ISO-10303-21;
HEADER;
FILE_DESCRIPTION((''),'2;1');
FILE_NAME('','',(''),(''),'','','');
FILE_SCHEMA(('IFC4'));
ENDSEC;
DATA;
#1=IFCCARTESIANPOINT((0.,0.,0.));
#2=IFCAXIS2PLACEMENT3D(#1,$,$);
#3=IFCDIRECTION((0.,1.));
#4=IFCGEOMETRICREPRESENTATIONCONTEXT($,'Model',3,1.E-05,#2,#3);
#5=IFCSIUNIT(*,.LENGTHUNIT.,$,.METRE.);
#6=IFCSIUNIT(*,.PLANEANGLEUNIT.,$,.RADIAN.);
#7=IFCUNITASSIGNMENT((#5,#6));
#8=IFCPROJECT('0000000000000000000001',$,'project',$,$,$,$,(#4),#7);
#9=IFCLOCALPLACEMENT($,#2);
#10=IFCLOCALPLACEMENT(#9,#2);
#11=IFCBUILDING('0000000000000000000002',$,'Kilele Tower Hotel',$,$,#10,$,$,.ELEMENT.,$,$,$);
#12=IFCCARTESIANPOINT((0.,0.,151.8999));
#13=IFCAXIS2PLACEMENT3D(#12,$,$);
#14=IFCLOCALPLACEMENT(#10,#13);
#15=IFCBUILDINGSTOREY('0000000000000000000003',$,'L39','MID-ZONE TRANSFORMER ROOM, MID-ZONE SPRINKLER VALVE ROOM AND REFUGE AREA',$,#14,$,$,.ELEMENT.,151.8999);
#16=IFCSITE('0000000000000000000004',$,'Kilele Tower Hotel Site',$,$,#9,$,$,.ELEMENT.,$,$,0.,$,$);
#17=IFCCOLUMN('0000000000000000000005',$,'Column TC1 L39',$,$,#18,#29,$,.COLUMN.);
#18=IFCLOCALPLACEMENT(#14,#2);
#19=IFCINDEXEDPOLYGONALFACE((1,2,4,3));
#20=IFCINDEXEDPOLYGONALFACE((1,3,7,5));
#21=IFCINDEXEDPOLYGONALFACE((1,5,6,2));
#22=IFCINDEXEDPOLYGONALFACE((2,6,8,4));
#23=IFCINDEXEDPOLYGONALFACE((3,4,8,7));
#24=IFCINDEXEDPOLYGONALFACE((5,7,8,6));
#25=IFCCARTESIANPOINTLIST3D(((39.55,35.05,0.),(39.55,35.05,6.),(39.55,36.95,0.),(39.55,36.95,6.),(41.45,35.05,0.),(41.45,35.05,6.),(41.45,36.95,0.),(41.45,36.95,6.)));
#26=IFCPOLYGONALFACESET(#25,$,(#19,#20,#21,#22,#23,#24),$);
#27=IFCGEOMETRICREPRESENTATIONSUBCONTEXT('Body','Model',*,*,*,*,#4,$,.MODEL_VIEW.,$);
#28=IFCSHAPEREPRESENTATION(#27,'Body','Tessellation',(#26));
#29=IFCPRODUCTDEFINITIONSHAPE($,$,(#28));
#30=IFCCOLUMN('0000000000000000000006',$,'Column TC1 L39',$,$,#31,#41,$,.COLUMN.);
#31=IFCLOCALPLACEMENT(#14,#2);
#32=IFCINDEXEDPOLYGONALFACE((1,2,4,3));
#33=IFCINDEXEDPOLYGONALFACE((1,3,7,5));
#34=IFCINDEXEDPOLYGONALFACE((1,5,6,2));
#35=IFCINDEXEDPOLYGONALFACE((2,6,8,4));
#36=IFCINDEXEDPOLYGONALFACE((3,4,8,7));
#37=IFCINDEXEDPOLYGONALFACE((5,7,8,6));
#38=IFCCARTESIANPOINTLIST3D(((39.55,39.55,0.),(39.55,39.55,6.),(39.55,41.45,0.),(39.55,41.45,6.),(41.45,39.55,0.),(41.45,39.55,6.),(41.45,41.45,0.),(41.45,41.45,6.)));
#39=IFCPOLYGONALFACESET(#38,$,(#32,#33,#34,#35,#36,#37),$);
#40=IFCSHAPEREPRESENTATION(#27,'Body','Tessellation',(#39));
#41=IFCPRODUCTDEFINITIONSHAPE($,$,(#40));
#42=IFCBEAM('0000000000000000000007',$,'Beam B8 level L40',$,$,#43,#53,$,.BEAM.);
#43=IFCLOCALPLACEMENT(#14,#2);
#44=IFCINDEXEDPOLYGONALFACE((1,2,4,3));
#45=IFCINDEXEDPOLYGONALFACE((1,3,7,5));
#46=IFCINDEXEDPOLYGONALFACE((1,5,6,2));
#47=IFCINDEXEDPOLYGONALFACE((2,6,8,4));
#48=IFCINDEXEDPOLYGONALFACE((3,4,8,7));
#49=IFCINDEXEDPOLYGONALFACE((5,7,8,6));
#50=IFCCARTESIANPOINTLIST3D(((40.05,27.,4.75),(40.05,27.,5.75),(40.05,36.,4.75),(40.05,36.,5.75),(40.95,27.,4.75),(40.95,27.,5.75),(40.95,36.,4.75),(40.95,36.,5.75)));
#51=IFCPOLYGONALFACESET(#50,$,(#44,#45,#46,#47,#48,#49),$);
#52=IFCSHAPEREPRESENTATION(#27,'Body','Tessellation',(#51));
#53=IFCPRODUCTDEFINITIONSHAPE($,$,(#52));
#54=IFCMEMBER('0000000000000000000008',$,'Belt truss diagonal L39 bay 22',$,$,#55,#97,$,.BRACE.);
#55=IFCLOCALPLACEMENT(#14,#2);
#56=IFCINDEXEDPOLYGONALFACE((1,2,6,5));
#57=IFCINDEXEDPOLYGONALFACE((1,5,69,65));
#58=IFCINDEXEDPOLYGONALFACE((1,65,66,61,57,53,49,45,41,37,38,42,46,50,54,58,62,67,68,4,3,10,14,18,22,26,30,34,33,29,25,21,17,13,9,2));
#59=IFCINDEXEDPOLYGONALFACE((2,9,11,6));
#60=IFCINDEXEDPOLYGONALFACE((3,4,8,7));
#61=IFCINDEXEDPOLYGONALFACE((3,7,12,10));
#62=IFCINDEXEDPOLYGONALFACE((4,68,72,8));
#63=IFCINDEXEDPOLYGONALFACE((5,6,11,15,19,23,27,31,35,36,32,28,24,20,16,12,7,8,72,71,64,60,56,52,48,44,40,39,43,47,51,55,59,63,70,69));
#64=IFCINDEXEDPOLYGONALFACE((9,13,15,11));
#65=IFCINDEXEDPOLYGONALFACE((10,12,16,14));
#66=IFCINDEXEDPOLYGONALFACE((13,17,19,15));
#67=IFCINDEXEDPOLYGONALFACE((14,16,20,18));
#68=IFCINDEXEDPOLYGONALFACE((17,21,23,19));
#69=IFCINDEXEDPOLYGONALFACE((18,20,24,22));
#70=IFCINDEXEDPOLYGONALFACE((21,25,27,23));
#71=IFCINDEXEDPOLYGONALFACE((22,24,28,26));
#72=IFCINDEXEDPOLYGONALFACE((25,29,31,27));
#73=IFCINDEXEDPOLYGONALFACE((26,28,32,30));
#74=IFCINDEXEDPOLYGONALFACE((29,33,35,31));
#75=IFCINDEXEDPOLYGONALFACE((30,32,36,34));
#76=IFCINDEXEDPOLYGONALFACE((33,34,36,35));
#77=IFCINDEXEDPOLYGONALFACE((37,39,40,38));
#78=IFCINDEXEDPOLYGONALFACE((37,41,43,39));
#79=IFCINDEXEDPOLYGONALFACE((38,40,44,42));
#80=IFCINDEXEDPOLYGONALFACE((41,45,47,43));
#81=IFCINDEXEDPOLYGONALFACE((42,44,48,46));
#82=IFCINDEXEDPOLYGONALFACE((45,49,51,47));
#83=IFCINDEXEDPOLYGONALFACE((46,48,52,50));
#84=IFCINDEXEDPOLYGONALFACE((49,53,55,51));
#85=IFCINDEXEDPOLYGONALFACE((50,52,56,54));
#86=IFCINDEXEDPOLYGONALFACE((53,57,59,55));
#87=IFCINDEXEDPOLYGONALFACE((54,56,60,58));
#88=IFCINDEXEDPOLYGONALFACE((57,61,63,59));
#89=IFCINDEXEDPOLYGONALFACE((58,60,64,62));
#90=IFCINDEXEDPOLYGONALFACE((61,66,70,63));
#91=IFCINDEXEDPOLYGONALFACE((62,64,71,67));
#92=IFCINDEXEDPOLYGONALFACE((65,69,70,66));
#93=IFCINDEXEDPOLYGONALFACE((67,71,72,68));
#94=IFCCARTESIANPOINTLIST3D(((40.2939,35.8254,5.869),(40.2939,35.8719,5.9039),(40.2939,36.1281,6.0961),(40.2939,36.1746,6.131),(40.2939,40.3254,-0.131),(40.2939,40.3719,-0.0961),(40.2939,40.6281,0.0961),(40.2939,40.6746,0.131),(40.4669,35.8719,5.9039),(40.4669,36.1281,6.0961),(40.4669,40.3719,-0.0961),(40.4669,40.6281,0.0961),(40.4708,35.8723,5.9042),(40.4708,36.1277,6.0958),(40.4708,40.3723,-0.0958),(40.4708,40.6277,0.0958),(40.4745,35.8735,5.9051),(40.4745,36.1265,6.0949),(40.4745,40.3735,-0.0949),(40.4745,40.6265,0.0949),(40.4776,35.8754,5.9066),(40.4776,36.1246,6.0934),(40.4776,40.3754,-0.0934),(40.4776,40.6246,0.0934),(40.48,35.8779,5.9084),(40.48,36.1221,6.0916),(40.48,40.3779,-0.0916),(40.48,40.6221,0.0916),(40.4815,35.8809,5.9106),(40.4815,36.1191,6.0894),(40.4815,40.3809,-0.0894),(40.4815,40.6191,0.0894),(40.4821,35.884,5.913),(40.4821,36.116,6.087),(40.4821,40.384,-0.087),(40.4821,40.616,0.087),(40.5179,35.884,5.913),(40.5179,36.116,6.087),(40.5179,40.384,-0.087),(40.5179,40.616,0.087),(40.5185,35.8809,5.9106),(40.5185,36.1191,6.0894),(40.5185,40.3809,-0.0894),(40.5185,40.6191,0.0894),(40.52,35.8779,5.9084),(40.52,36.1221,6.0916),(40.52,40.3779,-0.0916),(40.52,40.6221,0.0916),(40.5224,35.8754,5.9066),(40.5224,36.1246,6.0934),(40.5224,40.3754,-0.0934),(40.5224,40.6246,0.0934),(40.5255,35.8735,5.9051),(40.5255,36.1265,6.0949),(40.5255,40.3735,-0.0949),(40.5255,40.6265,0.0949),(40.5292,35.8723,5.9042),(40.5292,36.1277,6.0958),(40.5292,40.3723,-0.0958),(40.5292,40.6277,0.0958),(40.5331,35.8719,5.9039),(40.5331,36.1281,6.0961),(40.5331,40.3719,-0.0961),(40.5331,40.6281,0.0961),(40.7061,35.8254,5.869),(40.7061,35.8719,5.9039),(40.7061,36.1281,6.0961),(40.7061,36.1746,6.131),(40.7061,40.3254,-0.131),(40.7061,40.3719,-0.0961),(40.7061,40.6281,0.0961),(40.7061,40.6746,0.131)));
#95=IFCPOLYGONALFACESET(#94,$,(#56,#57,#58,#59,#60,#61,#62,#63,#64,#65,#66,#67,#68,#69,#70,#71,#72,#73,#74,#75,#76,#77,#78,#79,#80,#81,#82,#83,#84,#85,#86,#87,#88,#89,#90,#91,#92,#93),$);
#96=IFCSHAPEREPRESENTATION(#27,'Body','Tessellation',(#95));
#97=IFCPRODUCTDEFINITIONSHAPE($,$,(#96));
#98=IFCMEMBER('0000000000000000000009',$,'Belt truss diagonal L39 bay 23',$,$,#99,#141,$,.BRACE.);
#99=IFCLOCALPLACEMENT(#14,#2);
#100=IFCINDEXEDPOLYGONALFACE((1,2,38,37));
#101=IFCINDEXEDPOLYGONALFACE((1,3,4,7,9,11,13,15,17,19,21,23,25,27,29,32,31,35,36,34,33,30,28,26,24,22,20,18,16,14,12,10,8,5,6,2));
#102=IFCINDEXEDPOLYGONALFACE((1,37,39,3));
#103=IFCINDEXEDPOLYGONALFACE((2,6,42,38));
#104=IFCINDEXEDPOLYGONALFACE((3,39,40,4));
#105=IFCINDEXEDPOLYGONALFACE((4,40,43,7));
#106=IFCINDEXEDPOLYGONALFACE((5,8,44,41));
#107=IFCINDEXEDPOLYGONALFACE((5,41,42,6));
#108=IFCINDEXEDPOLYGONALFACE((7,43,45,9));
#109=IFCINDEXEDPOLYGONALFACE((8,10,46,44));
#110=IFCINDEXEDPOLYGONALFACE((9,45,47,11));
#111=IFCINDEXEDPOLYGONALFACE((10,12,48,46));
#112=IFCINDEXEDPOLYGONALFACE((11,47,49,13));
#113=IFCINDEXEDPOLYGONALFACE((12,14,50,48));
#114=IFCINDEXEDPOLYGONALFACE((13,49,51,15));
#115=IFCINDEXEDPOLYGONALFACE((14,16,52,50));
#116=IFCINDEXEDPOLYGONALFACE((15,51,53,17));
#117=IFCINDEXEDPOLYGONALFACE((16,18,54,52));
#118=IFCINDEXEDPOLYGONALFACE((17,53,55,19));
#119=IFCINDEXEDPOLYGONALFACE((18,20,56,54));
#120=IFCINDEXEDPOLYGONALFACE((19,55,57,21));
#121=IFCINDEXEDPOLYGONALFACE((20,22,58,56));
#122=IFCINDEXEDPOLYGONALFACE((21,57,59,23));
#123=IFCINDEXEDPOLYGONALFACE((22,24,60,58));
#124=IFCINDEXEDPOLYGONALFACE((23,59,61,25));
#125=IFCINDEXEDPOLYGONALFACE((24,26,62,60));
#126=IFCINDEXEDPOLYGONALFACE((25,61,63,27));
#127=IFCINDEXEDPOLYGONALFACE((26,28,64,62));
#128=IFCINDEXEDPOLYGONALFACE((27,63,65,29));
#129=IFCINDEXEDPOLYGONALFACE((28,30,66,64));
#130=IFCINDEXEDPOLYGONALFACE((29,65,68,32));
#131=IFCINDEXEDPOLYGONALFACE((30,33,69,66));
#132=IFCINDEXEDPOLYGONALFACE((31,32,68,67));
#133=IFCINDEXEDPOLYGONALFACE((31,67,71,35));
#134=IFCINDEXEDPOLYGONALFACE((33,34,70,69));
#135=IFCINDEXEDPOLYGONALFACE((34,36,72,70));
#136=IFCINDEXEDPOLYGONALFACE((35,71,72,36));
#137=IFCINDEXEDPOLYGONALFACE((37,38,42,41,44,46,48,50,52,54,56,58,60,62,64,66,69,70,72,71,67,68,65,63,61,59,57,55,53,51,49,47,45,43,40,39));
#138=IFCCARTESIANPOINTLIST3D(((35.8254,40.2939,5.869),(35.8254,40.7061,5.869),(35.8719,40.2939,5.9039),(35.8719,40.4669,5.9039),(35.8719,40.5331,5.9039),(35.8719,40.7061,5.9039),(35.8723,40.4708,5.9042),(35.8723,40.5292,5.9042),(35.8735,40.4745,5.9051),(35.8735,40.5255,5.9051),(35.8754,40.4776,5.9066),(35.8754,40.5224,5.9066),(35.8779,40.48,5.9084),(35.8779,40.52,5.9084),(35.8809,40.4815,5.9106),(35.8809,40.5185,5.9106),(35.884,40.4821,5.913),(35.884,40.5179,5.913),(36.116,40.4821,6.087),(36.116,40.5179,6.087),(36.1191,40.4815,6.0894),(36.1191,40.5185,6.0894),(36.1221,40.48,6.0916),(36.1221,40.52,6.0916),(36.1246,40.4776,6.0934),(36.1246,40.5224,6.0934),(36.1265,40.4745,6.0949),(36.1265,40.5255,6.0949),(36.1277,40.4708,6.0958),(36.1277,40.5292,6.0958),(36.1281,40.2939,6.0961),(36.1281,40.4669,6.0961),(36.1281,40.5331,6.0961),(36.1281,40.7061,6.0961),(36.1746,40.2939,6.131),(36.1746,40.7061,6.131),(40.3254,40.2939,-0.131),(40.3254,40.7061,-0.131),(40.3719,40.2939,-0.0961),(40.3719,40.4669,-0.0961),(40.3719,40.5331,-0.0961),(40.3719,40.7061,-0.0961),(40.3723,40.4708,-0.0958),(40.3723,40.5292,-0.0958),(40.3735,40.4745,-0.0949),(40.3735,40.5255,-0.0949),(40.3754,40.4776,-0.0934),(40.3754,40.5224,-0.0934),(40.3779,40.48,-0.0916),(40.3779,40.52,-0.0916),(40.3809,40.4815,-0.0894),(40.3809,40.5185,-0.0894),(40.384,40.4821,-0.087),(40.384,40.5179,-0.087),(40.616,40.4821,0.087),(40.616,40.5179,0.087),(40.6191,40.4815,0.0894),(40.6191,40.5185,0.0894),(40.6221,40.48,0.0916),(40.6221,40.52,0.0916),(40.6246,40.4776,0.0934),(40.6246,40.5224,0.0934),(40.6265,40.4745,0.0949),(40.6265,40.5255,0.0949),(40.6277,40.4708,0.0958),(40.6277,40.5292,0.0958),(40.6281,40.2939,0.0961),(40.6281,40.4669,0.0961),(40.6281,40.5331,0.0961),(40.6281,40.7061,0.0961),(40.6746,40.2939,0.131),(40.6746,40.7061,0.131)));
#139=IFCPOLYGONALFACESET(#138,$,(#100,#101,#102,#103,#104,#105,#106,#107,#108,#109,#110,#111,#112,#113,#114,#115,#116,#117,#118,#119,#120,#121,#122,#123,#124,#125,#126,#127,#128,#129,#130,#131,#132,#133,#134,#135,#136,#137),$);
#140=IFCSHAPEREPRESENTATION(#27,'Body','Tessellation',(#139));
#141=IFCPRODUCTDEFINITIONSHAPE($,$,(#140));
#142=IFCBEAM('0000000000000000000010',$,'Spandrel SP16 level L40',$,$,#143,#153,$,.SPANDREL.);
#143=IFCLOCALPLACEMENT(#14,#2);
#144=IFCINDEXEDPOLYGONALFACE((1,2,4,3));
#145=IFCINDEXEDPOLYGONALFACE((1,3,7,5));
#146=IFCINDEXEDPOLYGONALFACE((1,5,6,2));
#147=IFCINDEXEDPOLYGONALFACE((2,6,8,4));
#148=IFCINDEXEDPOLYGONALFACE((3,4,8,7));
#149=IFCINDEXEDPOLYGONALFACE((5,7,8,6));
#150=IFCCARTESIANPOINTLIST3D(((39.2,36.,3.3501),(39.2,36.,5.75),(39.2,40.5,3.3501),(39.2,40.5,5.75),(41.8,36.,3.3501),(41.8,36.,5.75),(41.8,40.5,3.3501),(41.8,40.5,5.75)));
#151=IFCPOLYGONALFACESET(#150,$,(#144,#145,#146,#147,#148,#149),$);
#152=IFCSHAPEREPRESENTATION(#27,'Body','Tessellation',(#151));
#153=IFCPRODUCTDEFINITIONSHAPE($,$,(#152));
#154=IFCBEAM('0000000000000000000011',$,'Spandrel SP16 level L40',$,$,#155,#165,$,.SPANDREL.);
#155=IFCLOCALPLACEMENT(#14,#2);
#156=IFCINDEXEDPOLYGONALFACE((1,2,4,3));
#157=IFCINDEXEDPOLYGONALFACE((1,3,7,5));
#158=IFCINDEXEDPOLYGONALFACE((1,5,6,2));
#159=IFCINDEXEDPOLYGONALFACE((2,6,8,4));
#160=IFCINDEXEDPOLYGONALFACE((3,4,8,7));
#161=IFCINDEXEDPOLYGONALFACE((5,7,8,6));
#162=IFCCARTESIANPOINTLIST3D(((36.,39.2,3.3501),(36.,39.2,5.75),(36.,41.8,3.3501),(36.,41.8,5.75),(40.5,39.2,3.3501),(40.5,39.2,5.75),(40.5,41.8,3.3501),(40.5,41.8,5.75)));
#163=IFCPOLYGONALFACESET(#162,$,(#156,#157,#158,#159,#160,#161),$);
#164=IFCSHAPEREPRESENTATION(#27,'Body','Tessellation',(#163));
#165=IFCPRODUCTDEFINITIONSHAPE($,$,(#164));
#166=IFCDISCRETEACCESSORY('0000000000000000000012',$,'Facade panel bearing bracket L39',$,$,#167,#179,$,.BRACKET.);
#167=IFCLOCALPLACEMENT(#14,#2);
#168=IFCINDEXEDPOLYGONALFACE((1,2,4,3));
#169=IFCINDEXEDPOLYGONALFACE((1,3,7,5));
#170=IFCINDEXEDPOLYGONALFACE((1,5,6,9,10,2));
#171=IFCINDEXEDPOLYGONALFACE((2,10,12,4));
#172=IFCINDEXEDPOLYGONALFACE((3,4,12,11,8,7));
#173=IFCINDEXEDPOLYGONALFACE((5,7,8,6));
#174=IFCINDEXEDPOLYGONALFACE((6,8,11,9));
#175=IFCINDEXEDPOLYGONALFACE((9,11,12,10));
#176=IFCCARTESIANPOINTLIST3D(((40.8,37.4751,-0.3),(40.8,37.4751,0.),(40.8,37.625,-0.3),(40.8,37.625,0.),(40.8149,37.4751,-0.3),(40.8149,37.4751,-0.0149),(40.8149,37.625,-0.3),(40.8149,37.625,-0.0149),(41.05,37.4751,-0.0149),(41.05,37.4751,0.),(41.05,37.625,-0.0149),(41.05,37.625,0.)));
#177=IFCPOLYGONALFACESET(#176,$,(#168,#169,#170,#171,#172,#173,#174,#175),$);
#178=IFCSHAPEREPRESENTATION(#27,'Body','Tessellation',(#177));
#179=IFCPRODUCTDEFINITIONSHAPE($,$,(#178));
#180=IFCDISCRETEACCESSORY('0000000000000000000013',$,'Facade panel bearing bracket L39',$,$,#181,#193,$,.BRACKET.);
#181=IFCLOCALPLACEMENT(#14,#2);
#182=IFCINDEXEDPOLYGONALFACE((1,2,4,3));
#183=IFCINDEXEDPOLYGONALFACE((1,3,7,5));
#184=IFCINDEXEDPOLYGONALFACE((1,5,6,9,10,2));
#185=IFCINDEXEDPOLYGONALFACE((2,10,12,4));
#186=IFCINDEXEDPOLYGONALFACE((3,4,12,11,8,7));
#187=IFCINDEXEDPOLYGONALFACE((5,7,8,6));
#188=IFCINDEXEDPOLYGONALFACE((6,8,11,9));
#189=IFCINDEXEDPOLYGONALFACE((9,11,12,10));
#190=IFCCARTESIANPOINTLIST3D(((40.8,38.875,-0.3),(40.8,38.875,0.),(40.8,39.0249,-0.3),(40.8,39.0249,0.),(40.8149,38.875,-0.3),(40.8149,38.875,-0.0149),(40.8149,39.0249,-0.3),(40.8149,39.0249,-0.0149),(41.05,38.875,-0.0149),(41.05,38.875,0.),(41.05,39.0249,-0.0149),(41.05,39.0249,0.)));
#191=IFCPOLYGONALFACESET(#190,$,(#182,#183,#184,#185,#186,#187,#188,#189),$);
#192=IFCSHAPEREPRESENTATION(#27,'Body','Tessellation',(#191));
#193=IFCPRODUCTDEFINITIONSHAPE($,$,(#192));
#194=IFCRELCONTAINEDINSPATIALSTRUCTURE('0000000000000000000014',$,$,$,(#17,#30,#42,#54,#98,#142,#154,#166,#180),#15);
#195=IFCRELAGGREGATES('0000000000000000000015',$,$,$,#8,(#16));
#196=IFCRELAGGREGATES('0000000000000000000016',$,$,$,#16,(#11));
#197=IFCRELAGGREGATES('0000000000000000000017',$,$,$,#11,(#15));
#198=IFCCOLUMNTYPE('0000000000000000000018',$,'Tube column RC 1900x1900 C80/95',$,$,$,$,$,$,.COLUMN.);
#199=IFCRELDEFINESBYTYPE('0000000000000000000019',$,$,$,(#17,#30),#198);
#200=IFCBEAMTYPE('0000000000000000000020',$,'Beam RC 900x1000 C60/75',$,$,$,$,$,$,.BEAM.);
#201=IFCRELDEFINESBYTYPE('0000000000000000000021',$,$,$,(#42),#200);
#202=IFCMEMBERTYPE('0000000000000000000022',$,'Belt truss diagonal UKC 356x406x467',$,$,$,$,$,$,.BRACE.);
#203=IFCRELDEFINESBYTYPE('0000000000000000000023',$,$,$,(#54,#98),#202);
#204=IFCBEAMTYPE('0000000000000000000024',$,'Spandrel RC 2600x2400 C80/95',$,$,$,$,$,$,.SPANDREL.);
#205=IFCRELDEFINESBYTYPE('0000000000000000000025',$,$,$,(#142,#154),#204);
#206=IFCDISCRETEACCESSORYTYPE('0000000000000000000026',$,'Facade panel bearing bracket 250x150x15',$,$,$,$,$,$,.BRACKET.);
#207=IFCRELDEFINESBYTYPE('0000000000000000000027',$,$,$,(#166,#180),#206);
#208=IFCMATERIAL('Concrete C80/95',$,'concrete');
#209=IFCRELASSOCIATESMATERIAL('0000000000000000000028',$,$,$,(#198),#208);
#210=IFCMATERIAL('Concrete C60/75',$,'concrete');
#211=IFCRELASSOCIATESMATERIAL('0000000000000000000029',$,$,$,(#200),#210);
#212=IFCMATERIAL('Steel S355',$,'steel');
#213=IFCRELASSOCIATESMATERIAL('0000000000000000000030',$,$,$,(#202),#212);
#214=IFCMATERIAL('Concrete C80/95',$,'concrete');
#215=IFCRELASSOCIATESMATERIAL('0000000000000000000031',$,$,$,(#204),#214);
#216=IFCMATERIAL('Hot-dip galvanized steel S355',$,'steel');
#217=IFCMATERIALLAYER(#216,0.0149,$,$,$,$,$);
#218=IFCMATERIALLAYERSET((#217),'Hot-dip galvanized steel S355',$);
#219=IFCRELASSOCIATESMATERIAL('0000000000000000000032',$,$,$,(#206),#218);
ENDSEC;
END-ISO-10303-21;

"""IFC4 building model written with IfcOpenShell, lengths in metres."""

from ifc_helpers import new_model, si_unit, direction, frame, origin, origin_2d, place, context, subcontext, project, spatial, polyline, rectangle, i_section, outline, extrude, source, transform, mapped, material, layer, layer_set, material_profile, profile_set, type_object, element, save


model = new_model("IFC4")

# Units and contexts
model_context = context("Model", 3, precision=1e-05, world=origin(), true_north=direction((0.0, 1.0)))
body_context = subcontext(model_context, "Body", "Model", "MODEL_VIEW")
ifc_project = project(units=[si_unit("LENGTHUNIT", "METRE"), si_unit("PLANEANGLEUNIT", "RADIAN")], contexts=[model_context])

# Site, building, storey
site_placement = place(None, origin())
site = spatial("IfcSite", under=ifc_project, at=site_placement, Name="Kilele Tower Hotel Site", CompositionType="ELEMENT", RefElevation=0.0)
building_placement = place(site_placement, origin())
building = spatial("IfcBuilding", under=site, at=building_placement, Name="Kilele Tower Hotel", CompositionType="ELEMENT")
storey_placement = place(building_placement, frame((0.0, 0.0, 151.8999)))
storey = spatial("IfcBuildingStorey", under=building, at=storey_placement, Name="L39", Description="MID-ZONE TRANSFORMER ROOM, MID-ZONE SPRINKLER VALVE ROOM AND REFUGE AREA", CompositionType="ELEMENT", Elevation=151.8999)

# Columns
ifc_material_1 = material(Name="Concrete C80/95", Category="concrete")
ifc_material_profile_1 = material_profile(ifc_material_1, rectangle(XDim=1.8999, YDim=1.8999, at=origin_2d()))
ifc_profile_set_1 = profile_set([ifc_material_profile_1], Name="Concrete C80/95")
column_type = type_object("IfcColumnType", Name="Tube column RC 1900x1900 C80/95", PredefinedType="COLUMN", material=ifc_profile_set_1)
for number, where, z_axis, x_axis, name in (
    (1, (40.5, 36.0, 0.0), (0.0, 0.0, 1.0), (1.0, 0.0, 0.0), "Column TC1 L39"),
    (2, (40.5, 40.5, 0.0), (0.0, 0.0, 1.0), (1.0, 0.0, 0.0), "Column TC1 L39"),
):
    element("IfcColumn", number, at=place(storey_placement, frame(where, z_axis=z_axis, x_axis=x_axis)), inside=storey, type_object=column_type, Name=name, PredefinedType="COLUMN", context=body_context, shape_type="SweptSolid", body=[
        extrude(rectangle(XDim=1.8999, YDim=1.8999, at=origin_2d()), origin(), (0.0, 0.0, 1.0), 6.0),
    ])

# Beam
ifc_material_2 = material(Name="Concrete C60/75", Category="concrete")
ifc_material_profile_2 = material_profile(ifc_material_2, rectangle(XDim=0.8999, YDim=1.0, at=origin_2d()))
ifc_profile_set_2 = profile_set([ifc_material_profile_2], Name="Concrete C60/75")
beam_type_1 = type_object("IfcBeamType", Name="Beam RC 900x1000 C60/75", PredefinedType="BEAM", material=ifc_profile_set_2)
beam_placement = place(storey_placement, frame((40.5, 36.0, 5.25), z_axis=(0.0, -1.0, 0.0), x_axis=(1.0, 0.0, 0.0)))
element("IfcBeam", 3, at=beam_placement, inside=storey, type_object=beam_type_1, Name="Beam B8 level L40", PredefinedType="BEAM", context=body_context, shape_type="SweptSolid", body=[
    extrude(rectangle(XDim=0.8999, YDim=1.0, at=origin_2d()), origin(), (0.0, 0.0, 1.0), 9.0),
])

# Members
ifc_material_3 = material(Name="Steel S355", Category="steel")
ifc_material_profile_3 = material_profile(ifc_material_3, i_section(OverallWidth=0.4121, OverallDepth=0.4365, WebThickness=0.0359, FlangeThickness=0.0581, FilletRadius=0.0151, at=origin_2d()))
ifc_profile_set_3 = profile_set([ifc_material_profile_3], Name="Steel S355")
member_type = type_object("IfcMemberType", Name="Belt truss diagonal UKC 356x406x467", PredefinedType="BRACE", material=ifc_profile_set_3)
for number, where, z_axis, x_axis, name in (
    (4, (40.5, 36.0, 6.0), (0.0, 0.6, -0.8), (-1.0, 0.0, 0.0), "Belt truss diagonal L39 bay 22"),
    (5, (40.5, 40.5, 0.0), (-0.6, 0.0, 0.8), (0.0, -1.0, 0.0), "Belt truss diagonal L39 bay 23"),
):
    element("IfcMember", number, at=place(storey_placement, frame(where, z_axis=z_axis, x_axis=x_axis)), inside=storey, type_object=member_type, Name=name, PredefinedType="BRACE", context=body_context, shape_type="SweptSolid", body=[
        extrude(i_section(OverallWidth=0.4121, OverallDepth=0.4365, WebThickness=0.0359, FlangeThickness=0.0581, FilletRadius=0.0151, at=origin_2d()), origin(), (0.0, 0.0, 1.0), 7.5),
    ])

# Beams
ifc_material_4 = material(Name="Concrete C80/95", Category="concrete")
ifc_material_profile_4 = material_profile(ifc_material_4, rectangle(XDim=2.6001, YDim=2.3999, at=origin_2d()))
ifc_profile_set_4 = profile_set([ifc_material_profile_4], Name="Concrete C80/95")
beam_type_2 = type_object("IfcBeamType", Name="Spandrel RC 2600x2400 C80/95", PredefinedType="SPANDREL", material=ifc_profile_set_4)
for number, where, z_axis, x_axis, name in (
    (6, (40.5, 36.0, 4.55), (0.0, 1.0, 0.0), (-1.0, 0.0, 0.0), "Spandrel SP16 level L40"),
    (7, (40.5, 40.5, 4.55), (-1.0, 0.0, 0.0), (0.0, -1.0, 0.0), "Spandrel SP16 level L40"),
):
    element("IfcBeam", number, at=place(storey_placement, frame(where, z_axis=z_axis, x_axis=x_axis)), inside=storey, type_object=beam_type_2, Name=name, PredefinedType="SPANDREL", context=body_context, shape_type="SweptSolid", body=[
        extrude(rectangle(XDim=2.6001, YDim=2.3999, at=origin_2d()), origin(), (0.0, 0.0, 1.0), 4.5),
    ])

# Discrete accessories
ifc_material_5 = material(Name="Hot-dip galvanized steel S355", Category="steel")
ifc_layer_1 = layer(ifc_material_5, 0.0149)
ifc_layer_set_1 = layer_set([ifc_layer_1], Name="Hot-dip galvanized steel S355")
discrete_accessory_type_1 = type_object("IfcDiscreteAccessoryType", Name="Facade panel bearing bracket 250x150x15", PredefinedType="BRACKET", material=ifc_layer_set_1)
shared_shape_1 = source(origin(), body_context, "Body", "SweptSolid", [
    extrude(outline(polyline([(0.0, 0.0), (0.25, 0.0), (0.25, -0.0149), (0.0149, -0.0149), (0.0149, -0.3), (0.0, -0.3), (0.0, 0.0)])), origin(), (0.0, 0.0, 1.0), 0.1499),
])
for number, where, z_axis, x_axis, name in (
    (8, (40.8, 37.625, 0.0), (0.0, -1.0, 0.0), (1.0, 0.0, 0.0), "Facade panel bearing bracket L39"),
    (9, (40.8, 39.0249, 0.0), (0.0, -1.0, 0.0), (1.0, 0.0, 0.0), "Facade panel bearing bracket L39"),
):
    element("IfcDiscreteAccessory", number, at=place(storey_placement, frame(where, z_axis=z_axis, x_axis=x_axis)), inside=storey, type_object=discrete_accessory_type_1, Name=name, PredefinedType="BRACKET", context=body_context, shape_type="MappedRepresentation", body=[
        mapped(shared_shape_1, transform((0.0, 0.0, 0.0))),
    ])

save(model, "model.ifc")
